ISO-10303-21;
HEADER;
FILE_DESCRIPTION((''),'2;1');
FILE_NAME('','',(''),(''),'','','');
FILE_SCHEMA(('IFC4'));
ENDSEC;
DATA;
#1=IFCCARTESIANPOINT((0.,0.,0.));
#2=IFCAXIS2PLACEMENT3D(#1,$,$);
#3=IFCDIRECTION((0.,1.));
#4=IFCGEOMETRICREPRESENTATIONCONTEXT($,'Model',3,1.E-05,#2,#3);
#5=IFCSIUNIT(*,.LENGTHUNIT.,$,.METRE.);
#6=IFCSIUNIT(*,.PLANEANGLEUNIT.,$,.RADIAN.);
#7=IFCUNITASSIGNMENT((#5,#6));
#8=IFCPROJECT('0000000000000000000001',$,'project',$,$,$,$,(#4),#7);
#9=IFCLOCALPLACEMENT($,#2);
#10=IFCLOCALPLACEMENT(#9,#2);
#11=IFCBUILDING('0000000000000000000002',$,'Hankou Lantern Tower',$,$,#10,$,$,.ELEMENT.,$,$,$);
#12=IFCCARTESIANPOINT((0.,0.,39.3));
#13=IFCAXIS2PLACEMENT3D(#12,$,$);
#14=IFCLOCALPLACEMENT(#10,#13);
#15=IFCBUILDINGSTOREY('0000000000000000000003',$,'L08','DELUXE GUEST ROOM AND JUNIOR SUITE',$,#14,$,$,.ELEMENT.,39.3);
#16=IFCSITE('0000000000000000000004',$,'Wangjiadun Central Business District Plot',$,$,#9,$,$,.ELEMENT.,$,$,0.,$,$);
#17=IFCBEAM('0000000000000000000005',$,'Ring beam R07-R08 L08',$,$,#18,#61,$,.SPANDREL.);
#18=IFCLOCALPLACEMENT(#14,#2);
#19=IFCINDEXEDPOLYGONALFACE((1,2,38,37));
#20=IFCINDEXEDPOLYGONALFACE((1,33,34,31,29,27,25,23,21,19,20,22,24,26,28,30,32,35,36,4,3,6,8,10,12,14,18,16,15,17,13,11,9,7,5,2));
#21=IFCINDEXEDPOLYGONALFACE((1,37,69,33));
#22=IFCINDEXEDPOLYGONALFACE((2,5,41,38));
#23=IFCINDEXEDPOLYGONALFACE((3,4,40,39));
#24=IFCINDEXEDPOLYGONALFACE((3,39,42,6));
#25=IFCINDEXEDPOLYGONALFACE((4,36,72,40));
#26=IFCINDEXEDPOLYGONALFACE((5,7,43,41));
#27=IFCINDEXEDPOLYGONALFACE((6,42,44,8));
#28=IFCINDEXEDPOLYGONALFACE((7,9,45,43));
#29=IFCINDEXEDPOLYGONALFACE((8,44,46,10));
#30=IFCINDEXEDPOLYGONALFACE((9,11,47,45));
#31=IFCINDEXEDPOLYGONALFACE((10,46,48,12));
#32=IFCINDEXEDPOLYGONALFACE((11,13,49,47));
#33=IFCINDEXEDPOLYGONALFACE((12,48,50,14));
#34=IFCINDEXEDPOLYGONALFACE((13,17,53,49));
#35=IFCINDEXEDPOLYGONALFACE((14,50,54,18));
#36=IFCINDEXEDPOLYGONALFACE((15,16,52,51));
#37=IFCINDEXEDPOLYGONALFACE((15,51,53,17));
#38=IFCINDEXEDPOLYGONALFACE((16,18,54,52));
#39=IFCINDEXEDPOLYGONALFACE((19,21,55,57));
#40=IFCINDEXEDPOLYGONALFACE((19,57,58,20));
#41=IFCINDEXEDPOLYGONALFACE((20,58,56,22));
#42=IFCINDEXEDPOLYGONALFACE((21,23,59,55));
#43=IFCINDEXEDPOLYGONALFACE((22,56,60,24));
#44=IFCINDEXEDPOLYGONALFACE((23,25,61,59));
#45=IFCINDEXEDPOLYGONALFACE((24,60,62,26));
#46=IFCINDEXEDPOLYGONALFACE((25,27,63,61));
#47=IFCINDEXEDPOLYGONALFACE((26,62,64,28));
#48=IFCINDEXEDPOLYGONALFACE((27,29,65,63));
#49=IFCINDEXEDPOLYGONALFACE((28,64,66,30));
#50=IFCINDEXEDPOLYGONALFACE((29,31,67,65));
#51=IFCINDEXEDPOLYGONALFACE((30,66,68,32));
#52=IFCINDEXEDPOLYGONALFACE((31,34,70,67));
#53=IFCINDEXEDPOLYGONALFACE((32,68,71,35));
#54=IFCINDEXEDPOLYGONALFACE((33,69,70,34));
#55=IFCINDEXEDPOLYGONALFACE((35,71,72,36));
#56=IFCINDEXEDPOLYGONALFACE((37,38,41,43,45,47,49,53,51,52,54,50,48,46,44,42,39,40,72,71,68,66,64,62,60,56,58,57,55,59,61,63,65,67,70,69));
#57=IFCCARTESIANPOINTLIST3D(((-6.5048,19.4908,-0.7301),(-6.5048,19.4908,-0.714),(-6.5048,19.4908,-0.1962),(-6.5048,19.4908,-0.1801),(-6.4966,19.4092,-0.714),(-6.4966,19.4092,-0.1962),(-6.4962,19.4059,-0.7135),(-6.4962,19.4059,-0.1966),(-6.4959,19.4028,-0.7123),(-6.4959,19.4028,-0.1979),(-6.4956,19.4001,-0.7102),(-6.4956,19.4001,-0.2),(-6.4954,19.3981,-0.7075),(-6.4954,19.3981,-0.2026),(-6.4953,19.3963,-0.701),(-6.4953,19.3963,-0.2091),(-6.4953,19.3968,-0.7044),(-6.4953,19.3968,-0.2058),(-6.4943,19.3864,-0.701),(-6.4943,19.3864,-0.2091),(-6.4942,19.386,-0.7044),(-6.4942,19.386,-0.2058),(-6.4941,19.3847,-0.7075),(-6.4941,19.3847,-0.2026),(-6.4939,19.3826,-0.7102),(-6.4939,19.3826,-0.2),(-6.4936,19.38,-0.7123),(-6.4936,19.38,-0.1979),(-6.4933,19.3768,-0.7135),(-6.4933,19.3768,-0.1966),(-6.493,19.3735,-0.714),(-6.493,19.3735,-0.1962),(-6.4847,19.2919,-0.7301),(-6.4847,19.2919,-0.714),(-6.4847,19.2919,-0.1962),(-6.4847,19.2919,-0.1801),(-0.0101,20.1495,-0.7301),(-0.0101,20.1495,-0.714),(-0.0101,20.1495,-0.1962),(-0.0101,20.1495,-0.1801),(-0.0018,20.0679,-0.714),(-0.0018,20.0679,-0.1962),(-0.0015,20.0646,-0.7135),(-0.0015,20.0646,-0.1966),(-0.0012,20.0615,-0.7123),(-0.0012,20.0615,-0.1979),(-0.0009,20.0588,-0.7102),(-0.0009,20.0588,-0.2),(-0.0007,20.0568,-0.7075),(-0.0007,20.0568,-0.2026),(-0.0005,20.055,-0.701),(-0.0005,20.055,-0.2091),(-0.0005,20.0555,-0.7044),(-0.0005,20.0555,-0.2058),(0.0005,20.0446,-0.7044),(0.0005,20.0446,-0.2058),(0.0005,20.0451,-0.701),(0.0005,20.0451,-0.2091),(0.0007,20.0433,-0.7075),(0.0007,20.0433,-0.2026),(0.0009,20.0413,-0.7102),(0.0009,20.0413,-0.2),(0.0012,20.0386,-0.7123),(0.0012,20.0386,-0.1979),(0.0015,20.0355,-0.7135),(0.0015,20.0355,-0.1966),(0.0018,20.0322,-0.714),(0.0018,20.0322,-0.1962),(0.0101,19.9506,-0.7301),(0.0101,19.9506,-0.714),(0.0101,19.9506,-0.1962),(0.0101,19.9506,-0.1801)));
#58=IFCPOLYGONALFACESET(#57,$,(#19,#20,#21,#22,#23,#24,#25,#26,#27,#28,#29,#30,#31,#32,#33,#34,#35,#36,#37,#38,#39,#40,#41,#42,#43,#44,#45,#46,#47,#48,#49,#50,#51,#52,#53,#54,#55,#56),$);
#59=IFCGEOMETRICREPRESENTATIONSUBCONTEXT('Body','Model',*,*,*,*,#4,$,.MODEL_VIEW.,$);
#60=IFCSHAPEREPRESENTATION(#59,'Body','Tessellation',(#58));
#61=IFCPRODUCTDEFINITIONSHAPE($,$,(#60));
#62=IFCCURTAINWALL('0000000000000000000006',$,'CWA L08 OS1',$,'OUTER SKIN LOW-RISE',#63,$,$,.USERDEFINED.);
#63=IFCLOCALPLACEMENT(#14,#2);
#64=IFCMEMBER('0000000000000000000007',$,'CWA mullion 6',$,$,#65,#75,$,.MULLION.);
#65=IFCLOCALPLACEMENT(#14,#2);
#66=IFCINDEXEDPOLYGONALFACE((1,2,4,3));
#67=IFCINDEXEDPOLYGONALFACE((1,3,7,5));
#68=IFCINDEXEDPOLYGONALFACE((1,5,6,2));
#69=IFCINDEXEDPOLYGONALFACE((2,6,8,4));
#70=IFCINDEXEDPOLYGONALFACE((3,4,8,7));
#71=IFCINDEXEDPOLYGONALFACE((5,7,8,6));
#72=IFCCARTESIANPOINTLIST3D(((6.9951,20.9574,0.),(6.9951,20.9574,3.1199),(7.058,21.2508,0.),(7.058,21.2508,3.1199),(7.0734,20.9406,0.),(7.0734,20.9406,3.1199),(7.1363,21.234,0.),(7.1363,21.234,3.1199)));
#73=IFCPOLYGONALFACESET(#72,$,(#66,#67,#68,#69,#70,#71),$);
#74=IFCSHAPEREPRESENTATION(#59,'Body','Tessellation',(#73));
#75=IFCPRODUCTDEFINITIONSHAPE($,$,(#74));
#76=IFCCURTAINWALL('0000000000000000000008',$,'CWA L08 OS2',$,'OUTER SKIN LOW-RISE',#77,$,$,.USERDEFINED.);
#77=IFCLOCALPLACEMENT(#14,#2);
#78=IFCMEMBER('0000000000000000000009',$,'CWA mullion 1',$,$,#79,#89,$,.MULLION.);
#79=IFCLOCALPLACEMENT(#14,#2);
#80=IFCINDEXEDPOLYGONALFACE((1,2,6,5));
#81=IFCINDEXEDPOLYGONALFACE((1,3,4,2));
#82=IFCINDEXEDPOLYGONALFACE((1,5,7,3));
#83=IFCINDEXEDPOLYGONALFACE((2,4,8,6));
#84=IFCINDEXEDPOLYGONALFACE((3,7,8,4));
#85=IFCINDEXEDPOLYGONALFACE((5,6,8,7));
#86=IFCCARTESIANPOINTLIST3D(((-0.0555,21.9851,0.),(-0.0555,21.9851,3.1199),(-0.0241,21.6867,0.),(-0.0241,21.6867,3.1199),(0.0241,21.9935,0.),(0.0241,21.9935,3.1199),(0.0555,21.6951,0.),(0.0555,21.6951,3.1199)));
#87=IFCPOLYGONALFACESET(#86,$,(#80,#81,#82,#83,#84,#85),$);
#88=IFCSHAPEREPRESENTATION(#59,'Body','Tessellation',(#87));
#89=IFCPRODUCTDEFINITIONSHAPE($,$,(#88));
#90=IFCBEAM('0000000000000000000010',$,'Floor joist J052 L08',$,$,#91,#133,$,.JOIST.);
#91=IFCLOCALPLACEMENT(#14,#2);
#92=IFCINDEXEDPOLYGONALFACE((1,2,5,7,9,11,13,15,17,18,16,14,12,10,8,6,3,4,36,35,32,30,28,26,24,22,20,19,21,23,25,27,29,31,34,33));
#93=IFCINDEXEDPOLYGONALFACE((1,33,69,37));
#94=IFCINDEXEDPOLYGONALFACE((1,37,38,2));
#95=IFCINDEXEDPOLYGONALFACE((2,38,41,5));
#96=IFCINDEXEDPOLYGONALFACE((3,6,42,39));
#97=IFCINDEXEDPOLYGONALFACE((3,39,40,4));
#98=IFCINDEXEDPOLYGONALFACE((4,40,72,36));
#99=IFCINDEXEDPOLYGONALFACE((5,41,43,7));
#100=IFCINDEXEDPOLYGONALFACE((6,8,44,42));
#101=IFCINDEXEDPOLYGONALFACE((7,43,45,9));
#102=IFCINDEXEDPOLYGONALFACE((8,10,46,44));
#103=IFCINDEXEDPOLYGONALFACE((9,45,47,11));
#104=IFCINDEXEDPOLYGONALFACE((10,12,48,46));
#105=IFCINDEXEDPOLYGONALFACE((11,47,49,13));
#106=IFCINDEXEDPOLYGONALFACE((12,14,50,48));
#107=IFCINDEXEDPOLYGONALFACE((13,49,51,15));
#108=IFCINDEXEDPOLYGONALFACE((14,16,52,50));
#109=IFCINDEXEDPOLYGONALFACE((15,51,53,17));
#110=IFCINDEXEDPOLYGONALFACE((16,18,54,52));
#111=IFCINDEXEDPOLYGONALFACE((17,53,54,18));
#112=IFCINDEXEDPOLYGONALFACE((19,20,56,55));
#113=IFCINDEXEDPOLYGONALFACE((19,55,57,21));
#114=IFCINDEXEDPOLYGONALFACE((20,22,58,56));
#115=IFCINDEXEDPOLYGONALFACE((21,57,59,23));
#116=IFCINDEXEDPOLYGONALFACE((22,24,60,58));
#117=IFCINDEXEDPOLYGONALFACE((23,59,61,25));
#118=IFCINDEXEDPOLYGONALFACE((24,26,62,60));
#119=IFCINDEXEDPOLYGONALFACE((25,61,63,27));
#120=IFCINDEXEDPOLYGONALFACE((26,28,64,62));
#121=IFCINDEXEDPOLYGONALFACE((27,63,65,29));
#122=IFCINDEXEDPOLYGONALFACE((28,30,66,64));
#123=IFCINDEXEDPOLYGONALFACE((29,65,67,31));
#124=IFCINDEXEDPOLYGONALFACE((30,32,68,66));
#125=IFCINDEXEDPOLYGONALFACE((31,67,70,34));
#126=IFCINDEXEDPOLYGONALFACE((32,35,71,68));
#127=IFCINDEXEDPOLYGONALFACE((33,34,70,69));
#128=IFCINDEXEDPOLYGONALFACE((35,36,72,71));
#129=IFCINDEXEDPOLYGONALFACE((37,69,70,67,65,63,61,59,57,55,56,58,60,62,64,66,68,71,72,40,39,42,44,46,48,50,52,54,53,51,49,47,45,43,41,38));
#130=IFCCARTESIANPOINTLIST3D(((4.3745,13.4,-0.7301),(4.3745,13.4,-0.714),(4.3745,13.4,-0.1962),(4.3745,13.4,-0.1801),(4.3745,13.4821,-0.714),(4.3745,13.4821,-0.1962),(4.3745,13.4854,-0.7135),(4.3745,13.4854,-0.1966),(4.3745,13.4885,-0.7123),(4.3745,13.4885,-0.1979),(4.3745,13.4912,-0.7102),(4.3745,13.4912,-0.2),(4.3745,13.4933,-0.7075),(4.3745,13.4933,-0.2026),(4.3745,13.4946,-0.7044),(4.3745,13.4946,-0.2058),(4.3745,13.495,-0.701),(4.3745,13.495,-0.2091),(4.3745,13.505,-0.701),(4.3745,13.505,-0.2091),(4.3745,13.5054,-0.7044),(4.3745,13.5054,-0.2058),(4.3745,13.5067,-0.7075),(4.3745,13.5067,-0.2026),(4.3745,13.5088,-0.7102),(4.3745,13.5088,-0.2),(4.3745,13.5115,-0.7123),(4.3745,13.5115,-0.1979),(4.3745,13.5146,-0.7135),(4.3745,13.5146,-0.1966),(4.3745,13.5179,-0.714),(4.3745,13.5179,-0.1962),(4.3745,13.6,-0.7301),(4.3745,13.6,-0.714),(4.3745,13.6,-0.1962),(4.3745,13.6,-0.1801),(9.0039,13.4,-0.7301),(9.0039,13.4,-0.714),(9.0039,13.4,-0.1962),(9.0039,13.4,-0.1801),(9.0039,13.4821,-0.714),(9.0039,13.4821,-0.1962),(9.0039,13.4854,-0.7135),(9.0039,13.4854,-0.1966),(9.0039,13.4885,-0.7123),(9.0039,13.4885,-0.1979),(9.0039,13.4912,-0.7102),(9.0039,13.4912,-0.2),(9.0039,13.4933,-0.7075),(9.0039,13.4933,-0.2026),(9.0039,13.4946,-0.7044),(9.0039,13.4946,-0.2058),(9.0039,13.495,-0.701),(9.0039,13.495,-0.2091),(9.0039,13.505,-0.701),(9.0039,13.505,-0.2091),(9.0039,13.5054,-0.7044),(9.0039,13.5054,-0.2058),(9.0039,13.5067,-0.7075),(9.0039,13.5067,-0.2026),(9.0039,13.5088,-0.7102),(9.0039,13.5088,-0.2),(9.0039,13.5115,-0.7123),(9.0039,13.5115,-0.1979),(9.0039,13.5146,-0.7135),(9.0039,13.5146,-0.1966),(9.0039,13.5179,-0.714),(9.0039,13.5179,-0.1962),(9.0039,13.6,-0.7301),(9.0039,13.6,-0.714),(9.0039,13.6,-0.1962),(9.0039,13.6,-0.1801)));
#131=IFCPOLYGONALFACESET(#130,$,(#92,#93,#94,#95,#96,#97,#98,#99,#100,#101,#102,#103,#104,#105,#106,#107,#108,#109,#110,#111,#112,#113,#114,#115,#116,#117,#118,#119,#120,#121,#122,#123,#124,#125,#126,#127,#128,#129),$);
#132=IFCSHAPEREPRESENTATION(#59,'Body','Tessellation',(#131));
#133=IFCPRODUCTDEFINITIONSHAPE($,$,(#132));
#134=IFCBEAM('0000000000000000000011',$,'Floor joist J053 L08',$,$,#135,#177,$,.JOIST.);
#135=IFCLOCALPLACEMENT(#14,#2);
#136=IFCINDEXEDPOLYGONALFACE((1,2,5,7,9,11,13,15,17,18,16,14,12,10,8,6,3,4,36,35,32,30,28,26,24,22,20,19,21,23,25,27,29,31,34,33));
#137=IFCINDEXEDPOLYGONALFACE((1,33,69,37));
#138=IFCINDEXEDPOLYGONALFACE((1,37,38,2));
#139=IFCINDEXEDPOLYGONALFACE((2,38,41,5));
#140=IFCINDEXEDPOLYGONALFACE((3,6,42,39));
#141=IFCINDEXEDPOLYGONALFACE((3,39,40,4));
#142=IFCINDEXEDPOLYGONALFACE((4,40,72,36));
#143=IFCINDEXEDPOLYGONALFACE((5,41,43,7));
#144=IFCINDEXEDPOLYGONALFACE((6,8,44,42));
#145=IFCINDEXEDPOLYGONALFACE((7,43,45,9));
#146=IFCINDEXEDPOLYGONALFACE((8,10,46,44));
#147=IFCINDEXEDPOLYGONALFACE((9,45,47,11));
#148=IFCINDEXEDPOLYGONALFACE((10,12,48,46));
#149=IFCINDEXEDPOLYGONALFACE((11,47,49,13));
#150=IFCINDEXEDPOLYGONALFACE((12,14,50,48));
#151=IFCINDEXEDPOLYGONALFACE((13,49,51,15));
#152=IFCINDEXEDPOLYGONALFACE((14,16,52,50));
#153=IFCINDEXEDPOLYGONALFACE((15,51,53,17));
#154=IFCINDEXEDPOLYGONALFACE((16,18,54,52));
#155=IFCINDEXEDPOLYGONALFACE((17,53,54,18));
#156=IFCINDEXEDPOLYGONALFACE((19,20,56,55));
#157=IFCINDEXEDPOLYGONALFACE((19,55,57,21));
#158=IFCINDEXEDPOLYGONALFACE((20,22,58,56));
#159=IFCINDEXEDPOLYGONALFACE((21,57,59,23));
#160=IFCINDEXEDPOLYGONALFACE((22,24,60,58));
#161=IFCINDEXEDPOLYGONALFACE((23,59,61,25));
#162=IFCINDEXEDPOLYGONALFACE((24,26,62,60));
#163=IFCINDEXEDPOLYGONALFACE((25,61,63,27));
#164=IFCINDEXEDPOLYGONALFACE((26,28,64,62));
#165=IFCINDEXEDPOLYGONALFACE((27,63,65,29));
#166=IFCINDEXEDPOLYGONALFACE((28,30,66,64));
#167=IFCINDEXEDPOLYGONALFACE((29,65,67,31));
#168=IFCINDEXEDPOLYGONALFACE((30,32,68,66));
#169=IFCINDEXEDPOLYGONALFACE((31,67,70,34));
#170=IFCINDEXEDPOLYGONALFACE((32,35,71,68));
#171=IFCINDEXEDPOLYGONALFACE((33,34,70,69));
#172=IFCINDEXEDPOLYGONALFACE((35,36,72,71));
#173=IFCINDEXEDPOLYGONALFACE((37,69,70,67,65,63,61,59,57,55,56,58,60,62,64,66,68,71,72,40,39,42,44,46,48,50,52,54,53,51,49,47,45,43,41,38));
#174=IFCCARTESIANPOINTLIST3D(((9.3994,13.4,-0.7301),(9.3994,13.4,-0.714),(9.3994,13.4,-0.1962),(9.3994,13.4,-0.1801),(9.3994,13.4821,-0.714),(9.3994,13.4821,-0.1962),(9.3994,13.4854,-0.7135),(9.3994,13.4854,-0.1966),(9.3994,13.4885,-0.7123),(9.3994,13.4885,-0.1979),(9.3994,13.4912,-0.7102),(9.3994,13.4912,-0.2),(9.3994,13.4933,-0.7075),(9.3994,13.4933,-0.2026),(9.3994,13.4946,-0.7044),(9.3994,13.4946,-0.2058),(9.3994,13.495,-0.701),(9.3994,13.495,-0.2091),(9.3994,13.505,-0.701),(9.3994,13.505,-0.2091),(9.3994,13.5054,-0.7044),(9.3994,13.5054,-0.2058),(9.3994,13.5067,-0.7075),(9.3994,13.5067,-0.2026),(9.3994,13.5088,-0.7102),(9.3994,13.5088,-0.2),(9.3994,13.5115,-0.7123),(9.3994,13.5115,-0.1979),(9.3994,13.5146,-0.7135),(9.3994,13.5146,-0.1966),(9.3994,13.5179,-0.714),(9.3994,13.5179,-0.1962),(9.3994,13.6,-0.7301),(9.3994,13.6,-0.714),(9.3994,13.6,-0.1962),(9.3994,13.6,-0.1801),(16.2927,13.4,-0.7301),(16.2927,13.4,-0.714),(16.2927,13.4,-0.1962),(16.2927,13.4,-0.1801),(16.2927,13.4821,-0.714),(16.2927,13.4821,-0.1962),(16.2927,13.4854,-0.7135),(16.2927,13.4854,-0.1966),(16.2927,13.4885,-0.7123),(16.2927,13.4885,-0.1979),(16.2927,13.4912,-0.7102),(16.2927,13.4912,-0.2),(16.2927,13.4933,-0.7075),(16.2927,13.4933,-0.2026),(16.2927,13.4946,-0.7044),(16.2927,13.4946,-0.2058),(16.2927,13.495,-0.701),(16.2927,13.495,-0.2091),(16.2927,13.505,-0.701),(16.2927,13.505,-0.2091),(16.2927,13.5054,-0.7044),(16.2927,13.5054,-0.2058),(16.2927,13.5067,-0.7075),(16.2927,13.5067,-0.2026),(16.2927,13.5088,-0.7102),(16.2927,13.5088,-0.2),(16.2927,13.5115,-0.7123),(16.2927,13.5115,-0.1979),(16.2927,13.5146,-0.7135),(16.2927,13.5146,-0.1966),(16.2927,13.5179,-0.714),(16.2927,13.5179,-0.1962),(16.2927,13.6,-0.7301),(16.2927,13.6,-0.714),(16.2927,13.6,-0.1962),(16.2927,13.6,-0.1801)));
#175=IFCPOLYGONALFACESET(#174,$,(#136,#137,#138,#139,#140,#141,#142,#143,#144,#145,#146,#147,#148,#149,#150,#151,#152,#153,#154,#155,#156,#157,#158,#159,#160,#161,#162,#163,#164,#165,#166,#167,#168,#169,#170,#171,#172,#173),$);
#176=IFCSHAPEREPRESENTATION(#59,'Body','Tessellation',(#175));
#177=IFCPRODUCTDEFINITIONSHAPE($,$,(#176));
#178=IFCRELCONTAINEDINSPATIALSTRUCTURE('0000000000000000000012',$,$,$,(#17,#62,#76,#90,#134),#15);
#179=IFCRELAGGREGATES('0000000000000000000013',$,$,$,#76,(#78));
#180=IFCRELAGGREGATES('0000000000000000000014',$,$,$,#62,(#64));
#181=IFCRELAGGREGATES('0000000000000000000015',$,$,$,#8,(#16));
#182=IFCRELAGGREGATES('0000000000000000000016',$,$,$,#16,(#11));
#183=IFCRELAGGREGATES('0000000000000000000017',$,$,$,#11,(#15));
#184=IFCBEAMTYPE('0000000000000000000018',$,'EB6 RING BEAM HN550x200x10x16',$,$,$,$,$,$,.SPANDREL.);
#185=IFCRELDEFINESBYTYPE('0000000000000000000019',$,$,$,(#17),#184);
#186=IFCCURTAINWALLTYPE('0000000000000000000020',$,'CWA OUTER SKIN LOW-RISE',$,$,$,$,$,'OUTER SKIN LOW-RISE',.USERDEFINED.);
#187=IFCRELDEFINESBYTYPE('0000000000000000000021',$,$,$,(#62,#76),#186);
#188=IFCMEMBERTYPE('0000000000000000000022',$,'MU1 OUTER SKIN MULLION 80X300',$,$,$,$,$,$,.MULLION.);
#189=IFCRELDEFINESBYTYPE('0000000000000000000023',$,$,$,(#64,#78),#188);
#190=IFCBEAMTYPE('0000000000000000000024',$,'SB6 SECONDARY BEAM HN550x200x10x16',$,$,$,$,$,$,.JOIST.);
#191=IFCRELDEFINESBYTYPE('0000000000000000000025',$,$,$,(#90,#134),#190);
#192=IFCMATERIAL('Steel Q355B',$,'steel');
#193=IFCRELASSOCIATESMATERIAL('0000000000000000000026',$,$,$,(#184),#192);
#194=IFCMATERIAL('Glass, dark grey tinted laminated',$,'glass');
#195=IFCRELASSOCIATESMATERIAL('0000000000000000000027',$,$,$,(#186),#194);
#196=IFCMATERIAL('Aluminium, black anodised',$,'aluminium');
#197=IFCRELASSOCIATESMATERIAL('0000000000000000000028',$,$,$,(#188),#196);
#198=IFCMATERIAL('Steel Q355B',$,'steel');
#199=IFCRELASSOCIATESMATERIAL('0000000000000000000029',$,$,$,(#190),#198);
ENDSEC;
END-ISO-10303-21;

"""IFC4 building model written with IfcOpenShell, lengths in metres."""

from ifc_helpers import new_model, si_unit, direction, frame, origin, origin_2d, place, context, subcontext, project, spatial, rectangle, i_section, extrude, material, material_profile, profile_set, type_object, element, aggregate, save


model = new_model("IFC4")

# Units and contexts
model_context = context("Model", 3, precision=1e-05, world=origin(), true_north=direction((0.0, 1.0)))
body_context = subcontext(model_context, "Body", "Model", "MODEL_VIEW")
ifc_project = project(units=[si_unit("LENGTHUNIT", "METRE"), si_unit("PLANEANGLEUNIT", "RADIAN")], contexts=[model_context])

# Site, building, storey
site_placement = place(None, origin())
site = spatial("IfcSite", under=ifc_project, at=site_placement, Name="Wangjiadun Central Business District Plot", CompositionType="ELEMENT", RefElevation=0.0)
building_placement = place(site_placement, origin())
building = spatial("IfcBuilding", under=site, at=building_placement, Name="Hankou Lantern Tower", CompositionType="ELEMENT")
storey_placement = place(building_placement, frame((0.0, 0.0, 39.3)))
storey = spatial("IfcBuildingStorey", under=building, at=storey_placement, Name="L08", Description="DELUXE GUEST ROOM AND JUNIOR SUITE", CompositionType="ELEMENT", Elevation=39.3)

# Beam
ifc_material_1 = material(Name="Steel Q355B", Category="steel")
ifc_material_profile_1 = material_profile(ifc_material_1, i_section(OverallWidth=0.2, OverallDepth=0.55, WebThickness=0.01, FlangeThickness=0.0161, FilletRadius=0.0129, at=origin_2d()), Name="HN550x200x10x16")
ifc_profile_set_1 = profile_set([ifc_material_profile_1], Name="Steel Q355B")
beam_type_1 = type_object("IfcBeamType", Name="EB6 RING BEAM HN550x200x10x16", PredefinedType="SPANDREL", material=ifc_profile_set_1)
for number, where, z_axis, x_axis, name in (
    (1, (0.0, 20.05, -0.4551), (-0.994897, -0.1009, 0.0), (0.1009, -0.994897, 0.0), "Ring beam R07-R08 L08"),
):
    element("IfcBeam", number, at=place(storey_placement, frame(where, z_axis=z_axis, x_axis=x_axis)), inside=storey, type_object=beam_type_1, Name=name, PredefinedType="SPANDREL", context=body_context, shape_type="SweptSolid", body=[
        extrude(i_section(OverallWidth=0.2, OverallDepth=0.55, WebThickness=0.01, FlangeThickness=0.0161, FilletRadius=0.0129, at=origin_2d()), origin(), (0.0, 0.0, 1.0), 6.5281),
    ])

# Curtain walls, members
ifc_material_2 = material(Name="Glass, dark grey tinted laminated", Category="glass")
curtain_wall_type = type_object("IfcCurtainWallType", Name="CWA OUTER SKIN LOW-RISE", ElementType="OUTER SKIN LOW-RISE", PredefinedType="USERDEFINED", material=ifc_material_2)
curtain_wall_1_placement = place(storey_placement, origin())
curtain_wall_1 = element("IfcCurtainWall", 2, at=curtain_wall_1_placement, inside=storey, type_object=curtain_wall_type, Name="CWA L08 OS1", ObjectType="OUTER SKIN LOW-RISE", PredefinedType="USERDEFINED")
ifc_material_3 = material(Name="Aluminium, black anodised", Category="aluminium")
ifc_material_profile_2 = material_profile(ifc_material_3, rectangle(XDim=0.0801, YDim=0.3, at=origin_2d()), Name="MU1 80X300")
ifc_profile_set_2 = profile_set([ifc_material_profile_2], Name="Aluminium, black anodised")
member_type_1 = type_object("IfcMemberType", Name="MU1 OUTER SKIN MULLION 80X300", PredefinedType="MULLION", material=ifc_profile_set_2)
member_1_placement = place(storey_placement, frame((7.0657, 21.0957, 0.0), z_axis=(0.0, 0.0, 1.0), x_axis=(-0.977788, 0.209598, 0.0)))
member_1 = element("IfcMember", 3, at=member_1_placement, type_object=member_type_1, Name="CWA mullion 6", PredefinedType="MULLION", context=body_context, shape_type="SweptSolid", body=[
    extrude(rectangle(XDim=0.0801, YDim=0.3, at=origin_2d()), origin(), (0.0, 0.0, 1.0), 3.1199),
])
curtain_wall_2_placement = place(storey_placement, origin())
curtain_wall_2 = element("IfcCurtainWall", 4, at=curtain_wall_2_placement, inside=storey, type_object=curtain_wall_type, Name="CWA L08 OS2", ObjectType="OUTER SKIN LOW-RISE", PredefinedType="USERDEFINED")
member_2_placement = place(storey_placement, frame((0.0, 21.8401, 0.0), z_axis=(0.0, 0.0, 1.0), x_axis=(-0.994499, -0.104743, 0.0)))
member_2 = element("IfcMember", 5, at=member_2_placement, type_object=member_type_1, Name="CWA mullion 1", PredefinedType="MULLION", context=body_context, shape_type="SweptSolid", body=[
    extrude(rectangle(XDim=0.0801, YDim=0.3, at=origin_2d()), origin(), (0.0, 0.0, 1.0), 3.1199),
])
aggregate(curtain_wall_2, [member_2])

# Beams
ifc_material_4 = material(Name="Steel Q355B", Category="steel")
ifc_material_profile_3 = material_profile(ifc_material_4, i_section(OverallWidth=0.2, OverallDepth=0.55, WebThickness=0.01, FlangeThickness=0.0161, FilletRadius=0.0129, at=origin_2d()), Name="HN550x200x10x16")
ifc_profile_set_3 = profile_set([ifc_material_profile_3], Name="Steel Q355B")
beam_type_2 = type_object("IfcBeamType", Name="SB6 SECONDARY BEAM HN550x200x10x16", PredefinedType="JOIST", material=ifc_profile_set_3)
beam_1_placement = place(storey_placement, frame((4.3745, 13.5, -0.4551), z_axis=(1.0, 0.0, 0.0), x_axis=(0.0, 1.0, 0.0)))
element("IfcBeam", 6, at=beam_1_placement, inside=storey, type_object=beam_type_2, Name="Floor joist J052 L08", PredefinedType="JOIST", context=body_context, shape_type="SweptSolid", body=[
    extrude(i_section(OverallWidth=0.2, OverallDepth=0.55, WebThickness=0.01, FlangeThickness=0.0161, FilletRadius=0.0129, at=origin_2d()), origin(), (0.0, 0.0, 1.0), 4.6294),
])
beam_2_placement = place(storey_placement, frame((9.3994, 13.5, -0.4551), z_axis=(1.0, 0.0, 0.0), x_axis=(0.0, 1.0, 0.0)))
element("IfcBeam", 7, at=beam_2_placement, inside=storey, type_object=beam_type_2, Name="Floor joist J053 L08", PredefinedType="JOIST", context=body_context, shape_type="SweptSolid", body=[
    extrude(i_section(OverallWidth=0.2, OverallDepth=0.55, WebThickness=0.01, FlangeThickness=0.0161, FilletRadius=0.0129, at=origin_2d()), origin(), (0.0, 0.0, 1.0), 6.8933),
])

aggregate(curtain_wall_1, [member_1])

save(model, "model.ifc")
